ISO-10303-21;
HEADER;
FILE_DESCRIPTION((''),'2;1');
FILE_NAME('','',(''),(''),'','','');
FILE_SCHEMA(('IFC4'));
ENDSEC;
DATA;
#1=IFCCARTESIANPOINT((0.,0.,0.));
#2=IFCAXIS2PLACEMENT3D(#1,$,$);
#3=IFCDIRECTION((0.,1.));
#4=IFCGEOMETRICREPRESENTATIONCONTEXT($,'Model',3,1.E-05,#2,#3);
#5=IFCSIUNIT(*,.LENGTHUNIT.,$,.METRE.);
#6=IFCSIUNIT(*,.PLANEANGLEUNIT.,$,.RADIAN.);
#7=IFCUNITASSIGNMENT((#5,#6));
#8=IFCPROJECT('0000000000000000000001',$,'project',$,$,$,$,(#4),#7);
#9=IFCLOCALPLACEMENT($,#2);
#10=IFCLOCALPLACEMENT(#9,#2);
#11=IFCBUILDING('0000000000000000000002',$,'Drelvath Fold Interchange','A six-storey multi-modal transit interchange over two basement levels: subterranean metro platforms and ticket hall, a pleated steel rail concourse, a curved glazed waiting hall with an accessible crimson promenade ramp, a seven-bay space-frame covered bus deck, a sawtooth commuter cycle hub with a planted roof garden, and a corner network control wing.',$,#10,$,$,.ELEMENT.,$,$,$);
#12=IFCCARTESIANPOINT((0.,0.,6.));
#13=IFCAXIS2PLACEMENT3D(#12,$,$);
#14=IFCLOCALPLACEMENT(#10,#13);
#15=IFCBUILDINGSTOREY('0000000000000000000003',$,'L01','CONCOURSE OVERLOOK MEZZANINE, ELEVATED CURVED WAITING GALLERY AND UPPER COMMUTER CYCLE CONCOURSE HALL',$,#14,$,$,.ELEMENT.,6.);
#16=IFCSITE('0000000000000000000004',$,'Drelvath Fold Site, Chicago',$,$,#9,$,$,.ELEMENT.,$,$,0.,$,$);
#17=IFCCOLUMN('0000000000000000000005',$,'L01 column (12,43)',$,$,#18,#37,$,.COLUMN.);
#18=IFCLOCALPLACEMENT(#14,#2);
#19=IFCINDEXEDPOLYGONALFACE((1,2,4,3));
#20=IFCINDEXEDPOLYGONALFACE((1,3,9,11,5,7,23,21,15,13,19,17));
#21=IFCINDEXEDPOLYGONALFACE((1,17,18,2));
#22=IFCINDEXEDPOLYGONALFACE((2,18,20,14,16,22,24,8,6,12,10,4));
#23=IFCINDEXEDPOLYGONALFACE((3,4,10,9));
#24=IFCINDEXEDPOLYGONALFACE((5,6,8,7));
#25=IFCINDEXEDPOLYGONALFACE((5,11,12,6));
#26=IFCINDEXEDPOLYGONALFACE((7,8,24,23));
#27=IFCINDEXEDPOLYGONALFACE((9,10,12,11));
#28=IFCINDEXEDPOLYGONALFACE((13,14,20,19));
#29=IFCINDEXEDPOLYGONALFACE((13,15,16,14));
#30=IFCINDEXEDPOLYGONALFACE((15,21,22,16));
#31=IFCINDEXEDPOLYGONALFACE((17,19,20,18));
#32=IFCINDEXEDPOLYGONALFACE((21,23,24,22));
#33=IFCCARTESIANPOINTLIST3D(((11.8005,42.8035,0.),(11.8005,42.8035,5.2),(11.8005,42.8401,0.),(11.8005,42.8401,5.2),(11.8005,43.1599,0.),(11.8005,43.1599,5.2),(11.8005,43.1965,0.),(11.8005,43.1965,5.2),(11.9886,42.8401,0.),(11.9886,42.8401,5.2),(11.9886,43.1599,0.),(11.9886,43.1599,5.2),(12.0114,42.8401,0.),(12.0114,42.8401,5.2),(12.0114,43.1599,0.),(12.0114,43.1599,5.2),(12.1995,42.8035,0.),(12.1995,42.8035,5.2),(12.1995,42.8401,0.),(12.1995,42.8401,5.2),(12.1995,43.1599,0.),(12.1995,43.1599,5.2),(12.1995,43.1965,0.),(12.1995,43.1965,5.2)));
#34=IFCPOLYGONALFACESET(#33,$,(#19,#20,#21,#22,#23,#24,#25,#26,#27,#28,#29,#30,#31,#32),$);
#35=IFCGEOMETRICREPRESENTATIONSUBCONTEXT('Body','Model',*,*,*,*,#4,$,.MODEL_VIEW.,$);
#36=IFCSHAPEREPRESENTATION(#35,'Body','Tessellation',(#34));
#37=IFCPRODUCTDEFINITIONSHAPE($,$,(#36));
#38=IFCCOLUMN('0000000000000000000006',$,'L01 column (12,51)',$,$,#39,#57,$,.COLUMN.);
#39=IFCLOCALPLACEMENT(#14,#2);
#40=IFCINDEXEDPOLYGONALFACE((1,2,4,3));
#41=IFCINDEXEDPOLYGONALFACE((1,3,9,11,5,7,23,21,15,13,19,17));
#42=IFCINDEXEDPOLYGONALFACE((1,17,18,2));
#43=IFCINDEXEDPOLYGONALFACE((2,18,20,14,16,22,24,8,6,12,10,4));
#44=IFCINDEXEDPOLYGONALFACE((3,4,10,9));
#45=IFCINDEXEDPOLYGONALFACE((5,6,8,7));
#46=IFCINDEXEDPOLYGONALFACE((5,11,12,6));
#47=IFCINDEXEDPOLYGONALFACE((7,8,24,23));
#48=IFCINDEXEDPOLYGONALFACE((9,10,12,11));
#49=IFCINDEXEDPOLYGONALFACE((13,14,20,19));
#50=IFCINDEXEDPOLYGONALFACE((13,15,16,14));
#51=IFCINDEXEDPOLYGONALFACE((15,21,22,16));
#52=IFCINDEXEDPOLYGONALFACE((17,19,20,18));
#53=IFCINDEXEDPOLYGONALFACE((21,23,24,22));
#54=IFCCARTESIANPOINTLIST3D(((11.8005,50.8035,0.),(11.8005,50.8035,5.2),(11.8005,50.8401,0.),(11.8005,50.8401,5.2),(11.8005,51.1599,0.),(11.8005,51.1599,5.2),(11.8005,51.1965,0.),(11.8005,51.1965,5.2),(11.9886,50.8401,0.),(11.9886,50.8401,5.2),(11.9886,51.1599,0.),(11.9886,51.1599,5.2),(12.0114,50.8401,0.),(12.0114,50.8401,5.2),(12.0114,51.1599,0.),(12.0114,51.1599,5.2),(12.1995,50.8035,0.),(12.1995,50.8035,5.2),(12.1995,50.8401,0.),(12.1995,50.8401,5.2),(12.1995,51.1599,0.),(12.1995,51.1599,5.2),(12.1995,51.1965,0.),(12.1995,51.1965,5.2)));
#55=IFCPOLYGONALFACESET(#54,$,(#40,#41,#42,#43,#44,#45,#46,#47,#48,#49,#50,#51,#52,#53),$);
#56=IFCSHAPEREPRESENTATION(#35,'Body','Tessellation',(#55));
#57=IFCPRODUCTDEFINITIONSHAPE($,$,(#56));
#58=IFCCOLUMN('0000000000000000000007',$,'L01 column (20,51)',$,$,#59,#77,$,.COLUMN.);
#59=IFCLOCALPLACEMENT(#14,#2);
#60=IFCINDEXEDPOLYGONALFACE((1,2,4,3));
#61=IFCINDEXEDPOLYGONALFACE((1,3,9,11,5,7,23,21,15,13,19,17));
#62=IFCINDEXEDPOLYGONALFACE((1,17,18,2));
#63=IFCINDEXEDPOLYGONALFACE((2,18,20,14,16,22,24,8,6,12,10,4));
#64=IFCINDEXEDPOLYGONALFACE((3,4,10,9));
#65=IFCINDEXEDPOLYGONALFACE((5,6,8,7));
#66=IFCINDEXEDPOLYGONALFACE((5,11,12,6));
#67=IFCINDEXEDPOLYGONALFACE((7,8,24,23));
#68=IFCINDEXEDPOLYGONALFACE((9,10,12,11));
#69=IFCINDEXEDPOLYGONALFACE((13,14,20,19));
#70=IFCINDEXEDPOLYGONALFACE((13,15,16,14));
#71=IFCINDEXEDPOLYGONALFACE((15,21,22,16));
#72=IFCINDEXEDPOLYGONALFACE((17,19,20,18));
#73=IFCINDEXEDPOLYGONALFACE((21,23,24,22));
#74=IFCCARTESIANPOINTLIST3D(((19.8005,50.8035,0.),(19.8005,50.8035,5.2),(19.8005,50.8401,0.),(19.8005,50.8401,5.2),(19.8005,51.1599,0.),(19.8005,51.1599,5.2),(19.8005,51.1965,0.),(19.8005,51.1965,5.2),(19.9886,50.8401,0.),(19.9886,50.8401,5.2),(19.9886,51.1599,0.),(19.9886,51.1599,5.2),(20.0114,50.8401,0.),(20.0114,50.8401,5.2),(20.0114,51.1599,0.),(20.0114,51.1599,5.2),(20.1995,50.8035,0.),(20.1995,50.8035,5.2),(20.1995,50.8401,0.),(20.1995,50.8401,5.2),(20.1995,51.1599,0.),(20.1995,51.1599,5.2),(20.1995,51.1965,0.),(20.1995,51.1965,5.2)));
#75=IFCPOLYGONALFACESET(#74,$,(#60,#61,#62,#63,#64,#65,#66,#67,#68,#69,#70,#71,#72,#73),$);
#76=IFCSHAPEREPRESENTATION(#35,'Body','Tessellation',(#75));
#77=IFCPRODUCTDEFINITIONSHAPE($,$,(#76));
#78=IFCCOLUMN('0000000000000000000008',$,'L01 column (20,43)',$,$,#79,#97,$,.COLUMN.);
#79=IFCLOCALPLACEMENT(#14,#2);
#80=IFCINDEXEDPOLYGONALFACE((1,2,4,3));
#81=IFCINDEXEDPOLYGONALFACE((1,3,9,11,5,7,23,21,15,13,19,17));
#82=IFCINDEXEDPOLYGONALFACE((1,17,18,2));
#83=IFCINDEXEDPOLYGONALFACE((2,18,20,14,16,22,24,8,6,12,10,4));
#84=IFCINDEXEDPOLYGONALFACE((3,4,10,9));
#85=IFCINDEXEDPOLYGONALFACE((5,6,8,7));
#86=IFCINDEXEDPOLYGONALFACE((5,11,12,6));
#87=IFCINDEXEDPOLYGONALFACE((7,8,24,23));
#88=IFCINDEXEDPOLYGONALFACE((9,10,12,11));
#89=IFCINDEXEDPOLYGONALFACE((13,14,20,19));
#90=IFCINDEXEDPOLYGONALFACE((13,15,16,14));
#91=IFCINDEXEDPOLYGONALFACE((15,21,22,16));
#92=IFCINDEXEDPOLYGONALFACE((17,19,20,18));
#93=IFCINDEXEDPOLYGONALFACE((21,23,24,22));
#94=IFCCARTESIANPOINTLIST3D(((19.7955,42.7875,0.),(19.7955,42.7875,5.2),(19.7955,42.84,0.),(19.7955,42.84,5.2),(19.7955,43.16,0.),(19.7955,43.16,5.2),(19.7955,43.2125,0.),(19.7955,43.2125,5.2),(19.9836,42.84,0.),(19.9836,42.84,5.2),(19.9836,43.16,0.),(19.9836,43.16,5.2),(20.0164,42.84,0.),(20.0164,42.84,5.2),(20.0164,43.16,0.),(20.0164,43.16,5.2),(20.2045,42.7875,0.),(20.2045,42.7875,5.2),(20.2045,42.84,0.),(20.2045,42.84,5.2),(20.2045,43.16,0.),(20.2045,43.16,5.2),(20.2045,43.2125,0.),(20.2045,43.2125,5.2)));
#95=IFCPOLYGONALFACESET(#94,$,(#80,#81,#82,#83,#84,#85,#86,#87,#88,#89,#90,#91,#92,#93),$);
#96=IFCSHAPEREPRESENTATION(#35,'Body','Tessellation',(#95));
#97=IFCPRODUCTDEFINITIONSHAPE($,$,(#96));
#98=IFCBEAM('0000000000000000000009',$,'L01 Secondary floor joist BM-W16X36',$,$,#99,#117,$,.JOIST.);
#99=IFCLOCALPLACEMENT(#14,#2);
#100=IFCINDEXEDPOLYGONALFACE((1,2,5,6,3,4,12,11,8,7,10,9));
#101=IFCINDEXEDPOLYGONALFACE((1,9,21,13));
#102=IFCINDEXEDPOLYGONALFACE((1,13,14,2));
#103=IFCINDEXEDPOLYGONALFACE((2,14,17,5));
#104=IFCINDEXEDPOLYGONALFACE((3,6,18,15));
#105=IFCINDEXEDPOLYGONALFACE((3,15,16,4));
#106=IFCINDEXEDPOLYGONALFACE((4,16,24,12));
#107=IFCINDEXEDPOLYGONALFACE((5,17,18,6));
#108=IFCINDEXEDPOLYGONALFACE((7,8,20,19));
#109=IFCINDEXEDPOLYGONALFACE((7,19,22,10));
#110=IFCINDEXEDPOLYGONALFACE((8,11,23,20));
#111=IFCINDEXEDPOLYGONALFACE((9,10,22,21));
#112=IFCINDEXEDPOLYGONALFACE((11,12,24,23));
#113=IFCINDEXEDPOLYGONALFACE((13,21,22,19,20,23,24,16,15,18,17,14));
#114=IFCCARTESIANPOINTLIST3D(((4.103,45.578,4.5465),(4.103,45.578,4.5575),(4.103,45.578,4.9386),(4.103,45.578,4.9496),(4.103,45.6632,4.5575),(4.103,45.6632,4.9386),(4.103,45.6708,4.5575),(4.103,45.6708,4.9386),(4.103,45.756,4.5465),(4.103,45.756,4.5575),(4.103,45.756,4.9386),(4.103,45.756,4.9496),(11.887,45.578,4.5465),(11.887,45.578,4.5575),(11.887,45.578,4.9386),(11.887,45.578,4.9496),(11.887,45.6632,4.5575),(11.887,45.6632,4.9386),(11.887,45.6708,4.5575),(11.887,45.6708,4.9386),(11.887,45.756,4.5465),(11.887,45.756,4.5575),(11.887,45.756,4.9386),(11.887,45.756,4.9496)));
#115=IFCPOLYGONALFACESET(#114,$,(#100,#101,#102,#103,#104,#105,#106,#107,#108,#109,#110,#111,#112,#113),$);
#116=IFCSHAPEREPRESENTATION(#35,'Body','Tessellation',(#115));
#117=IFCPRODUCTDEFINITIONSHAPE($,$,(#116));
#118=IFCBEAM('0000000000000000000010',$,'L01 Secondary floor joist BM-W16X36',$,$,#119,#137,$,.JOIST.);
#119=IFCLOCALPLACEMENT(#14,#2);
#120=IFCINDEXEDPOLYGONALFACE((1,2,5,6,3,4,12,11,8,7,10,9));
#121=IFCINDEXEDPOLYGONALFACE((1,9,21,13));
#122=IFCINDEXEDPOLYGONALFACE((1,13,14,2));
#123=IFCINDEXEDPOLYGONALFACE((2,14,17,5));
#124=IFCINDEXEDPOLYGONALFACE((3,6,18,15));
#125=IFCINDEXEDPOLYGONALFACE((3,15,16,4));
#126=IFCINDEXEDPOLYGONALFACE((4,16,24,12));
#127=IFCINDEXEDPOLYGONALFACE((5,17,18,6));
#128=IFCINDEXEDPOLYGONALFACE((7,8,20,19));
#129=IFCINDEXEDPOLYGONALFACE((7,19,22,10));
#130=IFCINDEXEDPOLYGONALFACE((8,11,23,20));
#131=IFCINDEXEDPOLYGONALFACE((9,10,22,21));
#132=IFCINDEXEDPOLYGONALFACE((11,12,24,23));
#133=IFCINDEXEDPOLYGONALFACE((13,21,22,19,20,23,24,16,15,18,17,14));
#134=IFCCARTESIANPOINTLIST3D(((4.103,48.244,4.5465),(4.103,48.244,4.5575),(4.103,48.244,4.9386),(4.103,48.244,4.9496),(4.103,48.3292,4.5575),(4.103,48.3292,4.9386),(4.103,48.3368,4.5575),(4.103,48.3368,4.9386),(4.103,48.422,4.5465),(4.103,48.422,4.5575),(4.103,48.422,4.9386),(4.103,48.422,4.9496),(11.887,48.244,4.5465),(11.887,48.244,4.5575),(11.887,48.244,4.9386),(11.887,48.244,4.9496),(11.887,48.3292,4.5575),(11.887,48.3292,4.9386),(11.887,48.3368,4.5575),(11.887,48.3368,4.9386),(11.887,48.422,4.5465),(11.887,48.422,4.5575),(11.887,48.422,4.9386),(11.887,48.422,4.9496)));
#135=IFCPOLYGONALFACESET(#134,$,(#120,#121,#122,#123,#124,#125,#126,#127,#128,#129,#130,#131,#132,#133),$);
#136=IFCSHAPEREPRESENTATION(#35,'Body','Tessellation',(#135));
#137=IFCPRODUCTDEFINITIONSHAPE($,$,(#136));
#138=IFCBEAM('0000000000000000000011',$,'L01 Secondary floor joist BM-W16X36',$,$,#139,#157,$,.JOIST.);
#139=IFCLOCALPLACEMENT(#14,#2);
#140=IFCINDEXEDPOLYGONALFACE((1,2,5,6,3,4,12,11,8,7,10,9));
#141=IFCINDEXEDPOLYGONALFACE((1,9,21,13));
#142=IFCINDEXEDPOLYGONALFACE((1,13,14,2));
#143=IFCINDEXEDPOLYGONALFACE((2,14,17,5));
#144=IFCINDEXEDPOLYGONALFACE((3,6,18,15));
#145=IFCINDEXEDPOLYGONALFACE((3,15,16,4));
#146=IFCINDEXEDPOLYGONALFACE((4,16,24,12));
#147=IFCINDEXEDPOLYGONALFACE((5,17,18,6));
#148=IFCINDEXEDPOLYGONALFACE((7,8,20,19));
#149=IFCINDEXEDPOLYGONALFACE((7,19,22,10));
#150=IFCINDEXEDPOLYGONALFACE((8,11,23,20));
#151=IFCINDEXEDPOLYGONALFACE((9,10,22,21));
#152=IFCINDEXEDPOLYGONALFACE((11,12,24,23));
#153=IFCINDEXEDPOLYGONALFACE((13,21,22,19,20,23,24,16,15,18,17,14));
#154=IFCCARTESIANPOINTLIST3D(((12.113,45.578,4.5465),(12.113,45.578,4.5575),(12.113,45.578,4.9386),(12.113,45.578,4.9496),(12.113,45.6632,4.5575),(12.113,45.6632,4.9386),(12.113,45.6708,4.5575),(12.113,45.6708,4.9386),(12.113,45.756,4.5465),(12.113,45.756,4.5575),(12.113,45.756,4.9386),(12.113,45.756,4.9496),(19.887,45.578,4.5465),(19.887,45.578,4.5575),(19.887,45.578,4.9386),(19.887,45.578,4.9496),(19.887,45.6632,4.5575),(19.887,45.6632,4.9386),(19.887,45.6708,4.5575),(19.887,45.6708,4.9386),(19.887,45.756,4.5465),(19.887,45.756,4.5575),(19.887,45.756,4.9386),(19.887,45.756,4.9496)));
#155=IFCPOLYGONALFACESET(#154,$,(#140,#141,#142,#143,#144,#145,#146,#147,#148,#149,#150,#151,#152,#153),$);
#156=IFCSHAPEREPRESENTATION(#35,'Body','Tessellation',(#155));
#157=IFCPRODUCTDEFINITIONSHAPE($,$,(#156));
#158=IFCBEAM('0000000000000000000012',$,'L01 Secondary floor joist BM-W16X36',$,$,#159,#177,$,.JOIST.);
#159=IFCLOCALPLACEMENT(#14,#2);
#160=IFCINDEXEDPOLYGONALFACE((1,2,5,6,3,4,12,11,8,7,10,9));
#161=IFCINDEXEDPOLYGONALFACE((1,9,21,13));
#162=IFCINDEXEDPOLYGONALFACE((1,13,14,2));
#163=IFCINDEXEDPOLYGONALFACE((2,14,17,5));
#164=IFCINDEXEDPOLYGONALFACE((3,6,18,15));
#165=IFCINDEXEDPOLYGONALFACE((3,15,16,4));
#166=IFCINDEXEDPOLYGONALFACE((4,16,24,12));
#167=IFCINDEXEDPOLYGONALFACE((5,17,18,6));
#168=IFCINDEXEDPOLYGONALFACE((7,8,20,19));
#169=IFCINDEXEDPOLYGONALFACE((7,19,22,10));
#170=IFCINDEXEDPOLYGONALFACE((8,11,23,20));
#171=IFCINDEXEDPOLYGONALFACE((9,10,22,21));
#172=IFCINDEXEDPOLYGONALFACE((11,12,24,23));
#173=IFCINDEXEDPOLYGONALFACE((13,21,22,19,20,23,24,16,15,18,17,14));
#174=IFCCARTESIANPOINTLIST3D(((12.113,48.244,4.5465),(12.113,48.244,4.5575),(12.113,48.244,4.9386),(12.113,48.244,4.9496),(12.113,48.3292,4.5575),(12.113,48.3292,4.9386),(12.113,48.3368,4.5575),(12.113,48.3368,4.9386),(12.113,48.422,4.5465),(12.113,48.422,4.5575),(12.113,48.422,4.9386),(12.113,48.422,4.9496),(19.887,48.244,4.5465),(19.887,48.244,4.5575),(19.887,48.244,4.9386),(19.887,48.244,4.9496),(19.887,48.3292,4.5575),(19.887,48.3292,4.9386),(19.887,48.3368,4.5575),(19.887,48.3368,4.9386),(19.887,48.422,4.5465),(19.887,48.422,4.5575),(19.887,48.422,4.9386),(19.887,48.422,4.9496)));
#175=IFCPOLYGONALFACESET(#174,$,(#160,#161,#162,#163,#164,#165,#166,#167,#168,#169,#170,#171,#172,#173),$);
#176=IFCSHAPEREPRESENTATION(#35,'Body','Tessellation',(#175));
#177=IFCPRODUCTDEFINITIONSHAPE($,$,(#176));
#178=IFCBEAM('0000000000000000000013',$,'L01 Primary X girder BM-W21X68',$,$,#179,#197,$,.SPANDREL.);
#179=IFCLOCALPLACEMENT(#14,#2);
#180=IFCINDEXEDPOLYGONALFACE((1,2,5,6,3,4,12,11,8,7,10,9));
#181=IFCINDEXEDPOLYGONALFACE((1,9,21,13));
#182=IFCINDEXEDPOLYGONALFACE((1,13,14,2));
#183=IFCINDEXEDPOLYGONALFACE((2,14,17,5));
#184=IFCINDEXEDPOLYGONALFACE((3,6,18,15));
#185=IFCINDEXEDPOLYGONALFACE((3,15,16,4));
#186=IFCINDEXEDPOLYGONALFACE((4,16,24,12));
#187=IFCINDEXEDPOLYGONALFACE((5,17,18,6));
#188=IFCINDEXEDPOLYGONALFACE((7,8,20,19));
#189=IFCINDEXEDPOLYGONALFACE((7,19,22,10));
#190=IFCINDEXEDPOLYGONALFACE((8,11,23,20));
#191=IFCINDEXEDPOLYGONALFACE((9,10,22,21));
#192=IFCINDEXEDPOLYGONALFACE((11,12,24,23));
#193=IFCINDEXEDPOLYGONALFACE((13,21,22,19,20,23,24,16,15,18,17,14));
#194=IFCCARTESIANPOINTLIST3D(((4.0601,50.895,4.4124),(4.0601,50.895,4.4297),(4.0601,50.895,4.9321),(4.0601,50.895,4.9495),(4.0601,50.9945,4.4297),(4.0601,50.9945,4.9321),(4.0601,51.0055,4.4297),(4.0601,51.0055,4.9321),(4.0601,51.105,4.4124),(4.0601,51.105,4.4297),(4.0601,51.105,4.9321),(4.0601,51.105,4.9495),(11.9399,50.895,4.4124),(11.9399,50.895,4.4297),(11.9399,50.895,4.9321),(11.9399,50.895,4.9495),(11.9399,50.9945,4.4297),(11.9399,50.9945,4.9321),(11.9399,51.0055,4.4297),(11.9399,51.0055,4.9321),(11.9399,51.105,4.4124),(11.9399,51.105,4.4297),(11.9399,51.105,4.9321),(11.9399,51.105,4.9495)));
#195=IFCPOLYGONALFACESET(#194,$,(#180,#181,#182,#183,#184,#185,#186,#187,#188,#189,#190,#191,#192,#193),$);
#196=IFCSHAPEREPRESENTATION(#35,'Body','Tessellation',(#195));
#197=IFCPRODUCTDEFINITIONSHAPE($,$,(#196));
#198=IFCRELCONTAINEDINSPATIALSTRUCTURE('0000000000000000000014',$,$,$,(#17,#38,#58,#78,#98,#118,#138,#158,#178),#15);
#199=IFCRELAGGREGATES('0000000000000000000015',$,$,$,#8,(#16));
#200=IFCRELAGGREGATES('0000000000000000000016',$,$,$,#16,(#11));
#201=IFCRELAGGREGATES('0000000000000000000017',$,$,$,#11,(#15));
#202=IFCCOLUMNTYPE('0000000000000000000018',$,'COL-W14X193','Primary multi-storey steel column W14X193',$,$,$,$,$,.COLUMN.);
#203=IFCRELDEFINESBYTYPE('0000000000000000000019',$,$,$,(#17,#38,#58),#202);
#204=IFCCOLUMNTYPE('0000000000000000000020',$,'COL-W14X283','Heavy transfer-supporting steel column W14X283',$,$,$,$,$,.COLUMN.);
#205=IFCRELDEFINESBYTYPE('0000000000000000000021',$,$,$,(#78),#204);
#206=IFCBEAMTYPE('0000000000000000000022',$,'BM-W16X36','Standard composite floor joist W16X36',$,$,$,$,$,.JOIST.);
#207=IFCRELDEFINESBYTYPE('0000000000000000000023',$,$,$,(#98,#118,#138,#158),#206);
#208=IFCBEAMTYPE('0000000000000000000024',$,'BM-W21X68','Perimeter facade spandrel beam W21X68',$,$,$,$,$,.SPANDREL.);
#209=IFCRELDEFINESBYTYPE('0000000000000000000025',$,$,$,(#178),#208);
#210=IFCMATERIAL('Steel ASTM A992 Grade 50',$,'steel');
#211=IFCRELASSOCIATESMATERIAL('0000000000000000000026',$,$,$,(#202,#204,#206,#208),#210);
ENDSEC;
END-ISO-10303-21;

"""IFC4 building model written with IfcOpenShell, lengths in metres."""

from ifc_helpers import new_model, si_unit, direction, frame, origin, origin_2d, place, context, subcontext, project, spatial, i_section, extrude, material, material_profile, profile_set, type_object, element, save


model = new_model("IFC4")

# Units and contexts
model_context = context("Model", 3, precision=1e-05, world=origin(), true_north=direction((0.0, 1.0)))
body_context = subcontext(model_context, "Body", "Model", "MODEL_VIEW")
ifc_project = project(units=[si_unit("LENGTHUNIT", "METRE"), si_unit("PLANEANGLEUNIT", "RADIAN")], contexts=[model_context])

# Site, building, storey
site_placement = place(None, origin())
site = spatial("IfcSite", under=ifc_project, at=site_placement, Name="Drelvath Fold Site, Chicago", CompositionType="ELEMENT", RefElevation=0.0)
building_placement = place(site_placement, origin())
building = spatial("IfcBuilding", under=site, at=building_placement, Name="Drelvath Fold Interchange", Description="A six-storey multi-modal transit interchange over two basement levels: subterranean metro platforms and ticket hall, a pleated steel rail concourse, a curved glazed waiting hall with an accessible crimson promenade ramp, a seven-bay space-frame covered bus deck, a sawtooth commuter cycle hub with a planted roof garden, and a corner network control wing.", CompositionType="ELEMENT")
storey_placement = place(building_placement, frame((0.0, 0.0, 6.0)))
storey = spatial("IfcBuildingStorey", under=building, at=storey_placement, Name="L01", Description="CONCOURSE OVERLOOK MEZZANINE, ELEVATED CURVED WAITING GALLERY AND UPPER COMMUTER CYCLE CONCOURSE HALL", CompositionType="ELEMENT", Elevation=6.0)

# Columns
ifc_material_1 = material(Name="Steel ASTM A992 Grade 50", Category="steel")
ifc_material_profile_1 = material_profile(ifc_material_1, i_section(OverallWidth=0.3989, OverallDepth=0.3931, WebThickness=0.0227, FlangeThickness=0.0366, at=origin_2d()), Name="W14X193")
ifc_profile_set_1 = profile_set([ifc_material_profile_1], Name="Steel ASTM A992 Grade 50")
column_type_1 = type_object("IfcColumnType", Name="COL-W14X193", Description="Primary multi-storey steel column W14X193", PredefinedType="COLUMN", material=ifc_profile_set_1)
for number, where, z_axis, x_axis, name in (
    (1, (12.0, 43.0, 0.0), (0.0, 0.0, 1.0), (1.0, 0.0, 0.0), "L01 column (12,43)"),
    (2, (12.0, 51.0, 0.0), (0.0, 0.0, 1.0), (1.0, 0.0, 0.0), "L01 column (12,51)"),
    (3, (20.0, 51.0, 0.0), (0.0, 0.0, 1.0), (1.0, 0.0, 0.0), "L01 column (20,51)"),
):
    element("IfcColumn", number, at=place(storey_placement, frame(where, z_axis=z_axis, x_axis=x_axis)), inside=storey, type_object=column_type_1, Name=name, PredefinedType="COLUMN", context=body_context, shape_type="SweptSolid", body=[
        extrude(i_section(OverallWidth=0.3989, OverallDepth=0.3931, WebThickness=0.0227, FlangeThickness=0.0366, at=origin_2d()), origin(), (0.0, 0.0, 1.0), 5.2),
    ])
ifc_material_profile_2 = material_profile(ifc_material_1, i_section(OverallWidth=0.4089, OverallDepth=0.425, WebThickness=0.0327, FlangeThickness=0.0525, at=origin_2d()), Name="W14X283")
ifc_profile_set_2 = profile_set([ifc_material_profile_2], Name="Steel ASTM A992 Grade 50")
column_type_2 = type_object("IfcColumnType", Name="COL-W14X283", Description="Heavy transfer-supporting steel column W14X283", PredefinedType="COLUMN", material=ifc_profile_set_2)
column_placement = place(storey_placement, frame((20.0, 43.0, 0.0), z_axis=(0.0, 0.0, 1.0), x_axis=(1.0, 0.0, 0.0)))
element("IfcColumn", 4, at=column_placement, inside=storey, type_object=column_type_2, Name="L01 column (20,43)", PredefinedType="COLUMN", context=body_context, shape_type="SweptSolid", body=[
    extrude(i_section(OverallWidth=0.4089, OverallDepth=0.425, WebThickness=0.0327, FlangeThickness=0.0525, at=origin_2d()), origin(), (0.0, 0.0, 1.0), 5.2),
])

# Beams
ifc_material_profile_3 = material_profile(ifc_material_1, i_section(OverallWidth=0.178, OverallDepth=0.4031, WebThickness=0.0076, FlangeThickness=0.011, at=origin_2d()), Name="W16X36")
ifc_profile_set_3 = profile_set([ifc_material_profile_3], Name="Steel ASTM A992 Grade 50")
beam_type_1 = type_object("IfcBeamType", Name="BM-W16X36", Description="Standard composite floor joist W16X36", PredefinedType="JOIST", material=ifc_profile_set_3)
for number, where, z_axis, x_axis, name in (
    (5, (4.103, 45.667, 4.748), (1.0, 0.0, 0.0), (0.0, 1.0, 0.0), "L01 Secondary floor joist BM-W16X36"),
    (6, (4.103, 48.333, 4.748), (1.0, 0.0, 0.0), (0.0, 1.0, 0.0), "L01 Secondary floor joist BM-W16X36"),
):
    element("IfcBeam", number, at=place(storey_placement, frame(where, z_axis=z_axis, x_axis=x_axis)), inside=storey, type_object=beam_type_1, Name=name, PredefinedType="JOIST", context=body_context, shape_type="SweptSolid", body=[
        extrude(i_section(OverallWidth=0.178, OverallDepth=0.4031, WebThickness=0.0076, FlangeThickness=0.011, at=origin_2d()), origin(), (0.0, 0.0, 1.0), 7.7839),
    ])
for number, where, z_axis, x_axis, name in (
    (7, (12.113, 45.667, 4.748), (1.0, 0.0, 0.0), (0.0, 1.0, 0.0), "L01 Secondary floor joist BM-W16X36"),
    (8, (12.113, 48.333, 4.748), (1.0, 0.0, 0.0), (0.0, 1.0, 0.0), "L01 Secondary floor joist BM-W16X36"),
):
    element("IfcBeam", number, at=place(storey_placement, frame(where, z_axis=z_axis, x_axis=x_axis)), inside=storey, type_object=beam_type_1, Name=name, PredefinedType="JOIST", context=body_context, shape_type="SweptSolid", body=[
        extrude(i_section(OverallWidth=0.178, OverallDepth=0.4031, WebThickness=0.0076, FlangeThickness=0.011, at=origin_2d()), origin(), (0.0, 0.0, 1.0), 7.7739),
    ])
ifc_material_profile_4 = material_profile(ifc_material_1, i_section(OverallWidth=0.21, OverallDepth=0.5371, WebThickness=0.011, FlangeThickness=0.0173, at=origin_2d()), Name="W21X68")
ifc_profile_set_4 = profile_set([ifc_material_profile_4], Name="Steel ASTM A992 Grade 50")
beam_type_2 = type_object("IfcBeamType", Name="BM-W21X68", Description="Perimeter facade spandrel beam W21X68", PredefinedType="SPANDREL", material=ifc_profile_set_4)
for number, where, z_axis, x_axis, name in (
    (9, (4.0601, 51.0, 4.6809), (1.0, 0.0, 0.0), (0.0, 1.0, 0.0), "L01 Primary X girder BM-W21X68"),
):
    element("IfcBeam", number, at=place(storey_placement, frame(where, z_axis=z_axis, x_axis=x_axis)), inside=storey, type_object=beam_type_2, Name=name, PredefinedType="SPANDREL", context=body_context, shape_type="SweptSolid", body=[
        extrude(i_section(OverallWidth=0.21, OverallDepth=0.5371, WebThickness=0.011, FlangeThickness=0.0173, at=origin_2d()), origin(), (0.0, 0.0, 1.0), 7.8799),
    ])

save(model, "model.ifc")
